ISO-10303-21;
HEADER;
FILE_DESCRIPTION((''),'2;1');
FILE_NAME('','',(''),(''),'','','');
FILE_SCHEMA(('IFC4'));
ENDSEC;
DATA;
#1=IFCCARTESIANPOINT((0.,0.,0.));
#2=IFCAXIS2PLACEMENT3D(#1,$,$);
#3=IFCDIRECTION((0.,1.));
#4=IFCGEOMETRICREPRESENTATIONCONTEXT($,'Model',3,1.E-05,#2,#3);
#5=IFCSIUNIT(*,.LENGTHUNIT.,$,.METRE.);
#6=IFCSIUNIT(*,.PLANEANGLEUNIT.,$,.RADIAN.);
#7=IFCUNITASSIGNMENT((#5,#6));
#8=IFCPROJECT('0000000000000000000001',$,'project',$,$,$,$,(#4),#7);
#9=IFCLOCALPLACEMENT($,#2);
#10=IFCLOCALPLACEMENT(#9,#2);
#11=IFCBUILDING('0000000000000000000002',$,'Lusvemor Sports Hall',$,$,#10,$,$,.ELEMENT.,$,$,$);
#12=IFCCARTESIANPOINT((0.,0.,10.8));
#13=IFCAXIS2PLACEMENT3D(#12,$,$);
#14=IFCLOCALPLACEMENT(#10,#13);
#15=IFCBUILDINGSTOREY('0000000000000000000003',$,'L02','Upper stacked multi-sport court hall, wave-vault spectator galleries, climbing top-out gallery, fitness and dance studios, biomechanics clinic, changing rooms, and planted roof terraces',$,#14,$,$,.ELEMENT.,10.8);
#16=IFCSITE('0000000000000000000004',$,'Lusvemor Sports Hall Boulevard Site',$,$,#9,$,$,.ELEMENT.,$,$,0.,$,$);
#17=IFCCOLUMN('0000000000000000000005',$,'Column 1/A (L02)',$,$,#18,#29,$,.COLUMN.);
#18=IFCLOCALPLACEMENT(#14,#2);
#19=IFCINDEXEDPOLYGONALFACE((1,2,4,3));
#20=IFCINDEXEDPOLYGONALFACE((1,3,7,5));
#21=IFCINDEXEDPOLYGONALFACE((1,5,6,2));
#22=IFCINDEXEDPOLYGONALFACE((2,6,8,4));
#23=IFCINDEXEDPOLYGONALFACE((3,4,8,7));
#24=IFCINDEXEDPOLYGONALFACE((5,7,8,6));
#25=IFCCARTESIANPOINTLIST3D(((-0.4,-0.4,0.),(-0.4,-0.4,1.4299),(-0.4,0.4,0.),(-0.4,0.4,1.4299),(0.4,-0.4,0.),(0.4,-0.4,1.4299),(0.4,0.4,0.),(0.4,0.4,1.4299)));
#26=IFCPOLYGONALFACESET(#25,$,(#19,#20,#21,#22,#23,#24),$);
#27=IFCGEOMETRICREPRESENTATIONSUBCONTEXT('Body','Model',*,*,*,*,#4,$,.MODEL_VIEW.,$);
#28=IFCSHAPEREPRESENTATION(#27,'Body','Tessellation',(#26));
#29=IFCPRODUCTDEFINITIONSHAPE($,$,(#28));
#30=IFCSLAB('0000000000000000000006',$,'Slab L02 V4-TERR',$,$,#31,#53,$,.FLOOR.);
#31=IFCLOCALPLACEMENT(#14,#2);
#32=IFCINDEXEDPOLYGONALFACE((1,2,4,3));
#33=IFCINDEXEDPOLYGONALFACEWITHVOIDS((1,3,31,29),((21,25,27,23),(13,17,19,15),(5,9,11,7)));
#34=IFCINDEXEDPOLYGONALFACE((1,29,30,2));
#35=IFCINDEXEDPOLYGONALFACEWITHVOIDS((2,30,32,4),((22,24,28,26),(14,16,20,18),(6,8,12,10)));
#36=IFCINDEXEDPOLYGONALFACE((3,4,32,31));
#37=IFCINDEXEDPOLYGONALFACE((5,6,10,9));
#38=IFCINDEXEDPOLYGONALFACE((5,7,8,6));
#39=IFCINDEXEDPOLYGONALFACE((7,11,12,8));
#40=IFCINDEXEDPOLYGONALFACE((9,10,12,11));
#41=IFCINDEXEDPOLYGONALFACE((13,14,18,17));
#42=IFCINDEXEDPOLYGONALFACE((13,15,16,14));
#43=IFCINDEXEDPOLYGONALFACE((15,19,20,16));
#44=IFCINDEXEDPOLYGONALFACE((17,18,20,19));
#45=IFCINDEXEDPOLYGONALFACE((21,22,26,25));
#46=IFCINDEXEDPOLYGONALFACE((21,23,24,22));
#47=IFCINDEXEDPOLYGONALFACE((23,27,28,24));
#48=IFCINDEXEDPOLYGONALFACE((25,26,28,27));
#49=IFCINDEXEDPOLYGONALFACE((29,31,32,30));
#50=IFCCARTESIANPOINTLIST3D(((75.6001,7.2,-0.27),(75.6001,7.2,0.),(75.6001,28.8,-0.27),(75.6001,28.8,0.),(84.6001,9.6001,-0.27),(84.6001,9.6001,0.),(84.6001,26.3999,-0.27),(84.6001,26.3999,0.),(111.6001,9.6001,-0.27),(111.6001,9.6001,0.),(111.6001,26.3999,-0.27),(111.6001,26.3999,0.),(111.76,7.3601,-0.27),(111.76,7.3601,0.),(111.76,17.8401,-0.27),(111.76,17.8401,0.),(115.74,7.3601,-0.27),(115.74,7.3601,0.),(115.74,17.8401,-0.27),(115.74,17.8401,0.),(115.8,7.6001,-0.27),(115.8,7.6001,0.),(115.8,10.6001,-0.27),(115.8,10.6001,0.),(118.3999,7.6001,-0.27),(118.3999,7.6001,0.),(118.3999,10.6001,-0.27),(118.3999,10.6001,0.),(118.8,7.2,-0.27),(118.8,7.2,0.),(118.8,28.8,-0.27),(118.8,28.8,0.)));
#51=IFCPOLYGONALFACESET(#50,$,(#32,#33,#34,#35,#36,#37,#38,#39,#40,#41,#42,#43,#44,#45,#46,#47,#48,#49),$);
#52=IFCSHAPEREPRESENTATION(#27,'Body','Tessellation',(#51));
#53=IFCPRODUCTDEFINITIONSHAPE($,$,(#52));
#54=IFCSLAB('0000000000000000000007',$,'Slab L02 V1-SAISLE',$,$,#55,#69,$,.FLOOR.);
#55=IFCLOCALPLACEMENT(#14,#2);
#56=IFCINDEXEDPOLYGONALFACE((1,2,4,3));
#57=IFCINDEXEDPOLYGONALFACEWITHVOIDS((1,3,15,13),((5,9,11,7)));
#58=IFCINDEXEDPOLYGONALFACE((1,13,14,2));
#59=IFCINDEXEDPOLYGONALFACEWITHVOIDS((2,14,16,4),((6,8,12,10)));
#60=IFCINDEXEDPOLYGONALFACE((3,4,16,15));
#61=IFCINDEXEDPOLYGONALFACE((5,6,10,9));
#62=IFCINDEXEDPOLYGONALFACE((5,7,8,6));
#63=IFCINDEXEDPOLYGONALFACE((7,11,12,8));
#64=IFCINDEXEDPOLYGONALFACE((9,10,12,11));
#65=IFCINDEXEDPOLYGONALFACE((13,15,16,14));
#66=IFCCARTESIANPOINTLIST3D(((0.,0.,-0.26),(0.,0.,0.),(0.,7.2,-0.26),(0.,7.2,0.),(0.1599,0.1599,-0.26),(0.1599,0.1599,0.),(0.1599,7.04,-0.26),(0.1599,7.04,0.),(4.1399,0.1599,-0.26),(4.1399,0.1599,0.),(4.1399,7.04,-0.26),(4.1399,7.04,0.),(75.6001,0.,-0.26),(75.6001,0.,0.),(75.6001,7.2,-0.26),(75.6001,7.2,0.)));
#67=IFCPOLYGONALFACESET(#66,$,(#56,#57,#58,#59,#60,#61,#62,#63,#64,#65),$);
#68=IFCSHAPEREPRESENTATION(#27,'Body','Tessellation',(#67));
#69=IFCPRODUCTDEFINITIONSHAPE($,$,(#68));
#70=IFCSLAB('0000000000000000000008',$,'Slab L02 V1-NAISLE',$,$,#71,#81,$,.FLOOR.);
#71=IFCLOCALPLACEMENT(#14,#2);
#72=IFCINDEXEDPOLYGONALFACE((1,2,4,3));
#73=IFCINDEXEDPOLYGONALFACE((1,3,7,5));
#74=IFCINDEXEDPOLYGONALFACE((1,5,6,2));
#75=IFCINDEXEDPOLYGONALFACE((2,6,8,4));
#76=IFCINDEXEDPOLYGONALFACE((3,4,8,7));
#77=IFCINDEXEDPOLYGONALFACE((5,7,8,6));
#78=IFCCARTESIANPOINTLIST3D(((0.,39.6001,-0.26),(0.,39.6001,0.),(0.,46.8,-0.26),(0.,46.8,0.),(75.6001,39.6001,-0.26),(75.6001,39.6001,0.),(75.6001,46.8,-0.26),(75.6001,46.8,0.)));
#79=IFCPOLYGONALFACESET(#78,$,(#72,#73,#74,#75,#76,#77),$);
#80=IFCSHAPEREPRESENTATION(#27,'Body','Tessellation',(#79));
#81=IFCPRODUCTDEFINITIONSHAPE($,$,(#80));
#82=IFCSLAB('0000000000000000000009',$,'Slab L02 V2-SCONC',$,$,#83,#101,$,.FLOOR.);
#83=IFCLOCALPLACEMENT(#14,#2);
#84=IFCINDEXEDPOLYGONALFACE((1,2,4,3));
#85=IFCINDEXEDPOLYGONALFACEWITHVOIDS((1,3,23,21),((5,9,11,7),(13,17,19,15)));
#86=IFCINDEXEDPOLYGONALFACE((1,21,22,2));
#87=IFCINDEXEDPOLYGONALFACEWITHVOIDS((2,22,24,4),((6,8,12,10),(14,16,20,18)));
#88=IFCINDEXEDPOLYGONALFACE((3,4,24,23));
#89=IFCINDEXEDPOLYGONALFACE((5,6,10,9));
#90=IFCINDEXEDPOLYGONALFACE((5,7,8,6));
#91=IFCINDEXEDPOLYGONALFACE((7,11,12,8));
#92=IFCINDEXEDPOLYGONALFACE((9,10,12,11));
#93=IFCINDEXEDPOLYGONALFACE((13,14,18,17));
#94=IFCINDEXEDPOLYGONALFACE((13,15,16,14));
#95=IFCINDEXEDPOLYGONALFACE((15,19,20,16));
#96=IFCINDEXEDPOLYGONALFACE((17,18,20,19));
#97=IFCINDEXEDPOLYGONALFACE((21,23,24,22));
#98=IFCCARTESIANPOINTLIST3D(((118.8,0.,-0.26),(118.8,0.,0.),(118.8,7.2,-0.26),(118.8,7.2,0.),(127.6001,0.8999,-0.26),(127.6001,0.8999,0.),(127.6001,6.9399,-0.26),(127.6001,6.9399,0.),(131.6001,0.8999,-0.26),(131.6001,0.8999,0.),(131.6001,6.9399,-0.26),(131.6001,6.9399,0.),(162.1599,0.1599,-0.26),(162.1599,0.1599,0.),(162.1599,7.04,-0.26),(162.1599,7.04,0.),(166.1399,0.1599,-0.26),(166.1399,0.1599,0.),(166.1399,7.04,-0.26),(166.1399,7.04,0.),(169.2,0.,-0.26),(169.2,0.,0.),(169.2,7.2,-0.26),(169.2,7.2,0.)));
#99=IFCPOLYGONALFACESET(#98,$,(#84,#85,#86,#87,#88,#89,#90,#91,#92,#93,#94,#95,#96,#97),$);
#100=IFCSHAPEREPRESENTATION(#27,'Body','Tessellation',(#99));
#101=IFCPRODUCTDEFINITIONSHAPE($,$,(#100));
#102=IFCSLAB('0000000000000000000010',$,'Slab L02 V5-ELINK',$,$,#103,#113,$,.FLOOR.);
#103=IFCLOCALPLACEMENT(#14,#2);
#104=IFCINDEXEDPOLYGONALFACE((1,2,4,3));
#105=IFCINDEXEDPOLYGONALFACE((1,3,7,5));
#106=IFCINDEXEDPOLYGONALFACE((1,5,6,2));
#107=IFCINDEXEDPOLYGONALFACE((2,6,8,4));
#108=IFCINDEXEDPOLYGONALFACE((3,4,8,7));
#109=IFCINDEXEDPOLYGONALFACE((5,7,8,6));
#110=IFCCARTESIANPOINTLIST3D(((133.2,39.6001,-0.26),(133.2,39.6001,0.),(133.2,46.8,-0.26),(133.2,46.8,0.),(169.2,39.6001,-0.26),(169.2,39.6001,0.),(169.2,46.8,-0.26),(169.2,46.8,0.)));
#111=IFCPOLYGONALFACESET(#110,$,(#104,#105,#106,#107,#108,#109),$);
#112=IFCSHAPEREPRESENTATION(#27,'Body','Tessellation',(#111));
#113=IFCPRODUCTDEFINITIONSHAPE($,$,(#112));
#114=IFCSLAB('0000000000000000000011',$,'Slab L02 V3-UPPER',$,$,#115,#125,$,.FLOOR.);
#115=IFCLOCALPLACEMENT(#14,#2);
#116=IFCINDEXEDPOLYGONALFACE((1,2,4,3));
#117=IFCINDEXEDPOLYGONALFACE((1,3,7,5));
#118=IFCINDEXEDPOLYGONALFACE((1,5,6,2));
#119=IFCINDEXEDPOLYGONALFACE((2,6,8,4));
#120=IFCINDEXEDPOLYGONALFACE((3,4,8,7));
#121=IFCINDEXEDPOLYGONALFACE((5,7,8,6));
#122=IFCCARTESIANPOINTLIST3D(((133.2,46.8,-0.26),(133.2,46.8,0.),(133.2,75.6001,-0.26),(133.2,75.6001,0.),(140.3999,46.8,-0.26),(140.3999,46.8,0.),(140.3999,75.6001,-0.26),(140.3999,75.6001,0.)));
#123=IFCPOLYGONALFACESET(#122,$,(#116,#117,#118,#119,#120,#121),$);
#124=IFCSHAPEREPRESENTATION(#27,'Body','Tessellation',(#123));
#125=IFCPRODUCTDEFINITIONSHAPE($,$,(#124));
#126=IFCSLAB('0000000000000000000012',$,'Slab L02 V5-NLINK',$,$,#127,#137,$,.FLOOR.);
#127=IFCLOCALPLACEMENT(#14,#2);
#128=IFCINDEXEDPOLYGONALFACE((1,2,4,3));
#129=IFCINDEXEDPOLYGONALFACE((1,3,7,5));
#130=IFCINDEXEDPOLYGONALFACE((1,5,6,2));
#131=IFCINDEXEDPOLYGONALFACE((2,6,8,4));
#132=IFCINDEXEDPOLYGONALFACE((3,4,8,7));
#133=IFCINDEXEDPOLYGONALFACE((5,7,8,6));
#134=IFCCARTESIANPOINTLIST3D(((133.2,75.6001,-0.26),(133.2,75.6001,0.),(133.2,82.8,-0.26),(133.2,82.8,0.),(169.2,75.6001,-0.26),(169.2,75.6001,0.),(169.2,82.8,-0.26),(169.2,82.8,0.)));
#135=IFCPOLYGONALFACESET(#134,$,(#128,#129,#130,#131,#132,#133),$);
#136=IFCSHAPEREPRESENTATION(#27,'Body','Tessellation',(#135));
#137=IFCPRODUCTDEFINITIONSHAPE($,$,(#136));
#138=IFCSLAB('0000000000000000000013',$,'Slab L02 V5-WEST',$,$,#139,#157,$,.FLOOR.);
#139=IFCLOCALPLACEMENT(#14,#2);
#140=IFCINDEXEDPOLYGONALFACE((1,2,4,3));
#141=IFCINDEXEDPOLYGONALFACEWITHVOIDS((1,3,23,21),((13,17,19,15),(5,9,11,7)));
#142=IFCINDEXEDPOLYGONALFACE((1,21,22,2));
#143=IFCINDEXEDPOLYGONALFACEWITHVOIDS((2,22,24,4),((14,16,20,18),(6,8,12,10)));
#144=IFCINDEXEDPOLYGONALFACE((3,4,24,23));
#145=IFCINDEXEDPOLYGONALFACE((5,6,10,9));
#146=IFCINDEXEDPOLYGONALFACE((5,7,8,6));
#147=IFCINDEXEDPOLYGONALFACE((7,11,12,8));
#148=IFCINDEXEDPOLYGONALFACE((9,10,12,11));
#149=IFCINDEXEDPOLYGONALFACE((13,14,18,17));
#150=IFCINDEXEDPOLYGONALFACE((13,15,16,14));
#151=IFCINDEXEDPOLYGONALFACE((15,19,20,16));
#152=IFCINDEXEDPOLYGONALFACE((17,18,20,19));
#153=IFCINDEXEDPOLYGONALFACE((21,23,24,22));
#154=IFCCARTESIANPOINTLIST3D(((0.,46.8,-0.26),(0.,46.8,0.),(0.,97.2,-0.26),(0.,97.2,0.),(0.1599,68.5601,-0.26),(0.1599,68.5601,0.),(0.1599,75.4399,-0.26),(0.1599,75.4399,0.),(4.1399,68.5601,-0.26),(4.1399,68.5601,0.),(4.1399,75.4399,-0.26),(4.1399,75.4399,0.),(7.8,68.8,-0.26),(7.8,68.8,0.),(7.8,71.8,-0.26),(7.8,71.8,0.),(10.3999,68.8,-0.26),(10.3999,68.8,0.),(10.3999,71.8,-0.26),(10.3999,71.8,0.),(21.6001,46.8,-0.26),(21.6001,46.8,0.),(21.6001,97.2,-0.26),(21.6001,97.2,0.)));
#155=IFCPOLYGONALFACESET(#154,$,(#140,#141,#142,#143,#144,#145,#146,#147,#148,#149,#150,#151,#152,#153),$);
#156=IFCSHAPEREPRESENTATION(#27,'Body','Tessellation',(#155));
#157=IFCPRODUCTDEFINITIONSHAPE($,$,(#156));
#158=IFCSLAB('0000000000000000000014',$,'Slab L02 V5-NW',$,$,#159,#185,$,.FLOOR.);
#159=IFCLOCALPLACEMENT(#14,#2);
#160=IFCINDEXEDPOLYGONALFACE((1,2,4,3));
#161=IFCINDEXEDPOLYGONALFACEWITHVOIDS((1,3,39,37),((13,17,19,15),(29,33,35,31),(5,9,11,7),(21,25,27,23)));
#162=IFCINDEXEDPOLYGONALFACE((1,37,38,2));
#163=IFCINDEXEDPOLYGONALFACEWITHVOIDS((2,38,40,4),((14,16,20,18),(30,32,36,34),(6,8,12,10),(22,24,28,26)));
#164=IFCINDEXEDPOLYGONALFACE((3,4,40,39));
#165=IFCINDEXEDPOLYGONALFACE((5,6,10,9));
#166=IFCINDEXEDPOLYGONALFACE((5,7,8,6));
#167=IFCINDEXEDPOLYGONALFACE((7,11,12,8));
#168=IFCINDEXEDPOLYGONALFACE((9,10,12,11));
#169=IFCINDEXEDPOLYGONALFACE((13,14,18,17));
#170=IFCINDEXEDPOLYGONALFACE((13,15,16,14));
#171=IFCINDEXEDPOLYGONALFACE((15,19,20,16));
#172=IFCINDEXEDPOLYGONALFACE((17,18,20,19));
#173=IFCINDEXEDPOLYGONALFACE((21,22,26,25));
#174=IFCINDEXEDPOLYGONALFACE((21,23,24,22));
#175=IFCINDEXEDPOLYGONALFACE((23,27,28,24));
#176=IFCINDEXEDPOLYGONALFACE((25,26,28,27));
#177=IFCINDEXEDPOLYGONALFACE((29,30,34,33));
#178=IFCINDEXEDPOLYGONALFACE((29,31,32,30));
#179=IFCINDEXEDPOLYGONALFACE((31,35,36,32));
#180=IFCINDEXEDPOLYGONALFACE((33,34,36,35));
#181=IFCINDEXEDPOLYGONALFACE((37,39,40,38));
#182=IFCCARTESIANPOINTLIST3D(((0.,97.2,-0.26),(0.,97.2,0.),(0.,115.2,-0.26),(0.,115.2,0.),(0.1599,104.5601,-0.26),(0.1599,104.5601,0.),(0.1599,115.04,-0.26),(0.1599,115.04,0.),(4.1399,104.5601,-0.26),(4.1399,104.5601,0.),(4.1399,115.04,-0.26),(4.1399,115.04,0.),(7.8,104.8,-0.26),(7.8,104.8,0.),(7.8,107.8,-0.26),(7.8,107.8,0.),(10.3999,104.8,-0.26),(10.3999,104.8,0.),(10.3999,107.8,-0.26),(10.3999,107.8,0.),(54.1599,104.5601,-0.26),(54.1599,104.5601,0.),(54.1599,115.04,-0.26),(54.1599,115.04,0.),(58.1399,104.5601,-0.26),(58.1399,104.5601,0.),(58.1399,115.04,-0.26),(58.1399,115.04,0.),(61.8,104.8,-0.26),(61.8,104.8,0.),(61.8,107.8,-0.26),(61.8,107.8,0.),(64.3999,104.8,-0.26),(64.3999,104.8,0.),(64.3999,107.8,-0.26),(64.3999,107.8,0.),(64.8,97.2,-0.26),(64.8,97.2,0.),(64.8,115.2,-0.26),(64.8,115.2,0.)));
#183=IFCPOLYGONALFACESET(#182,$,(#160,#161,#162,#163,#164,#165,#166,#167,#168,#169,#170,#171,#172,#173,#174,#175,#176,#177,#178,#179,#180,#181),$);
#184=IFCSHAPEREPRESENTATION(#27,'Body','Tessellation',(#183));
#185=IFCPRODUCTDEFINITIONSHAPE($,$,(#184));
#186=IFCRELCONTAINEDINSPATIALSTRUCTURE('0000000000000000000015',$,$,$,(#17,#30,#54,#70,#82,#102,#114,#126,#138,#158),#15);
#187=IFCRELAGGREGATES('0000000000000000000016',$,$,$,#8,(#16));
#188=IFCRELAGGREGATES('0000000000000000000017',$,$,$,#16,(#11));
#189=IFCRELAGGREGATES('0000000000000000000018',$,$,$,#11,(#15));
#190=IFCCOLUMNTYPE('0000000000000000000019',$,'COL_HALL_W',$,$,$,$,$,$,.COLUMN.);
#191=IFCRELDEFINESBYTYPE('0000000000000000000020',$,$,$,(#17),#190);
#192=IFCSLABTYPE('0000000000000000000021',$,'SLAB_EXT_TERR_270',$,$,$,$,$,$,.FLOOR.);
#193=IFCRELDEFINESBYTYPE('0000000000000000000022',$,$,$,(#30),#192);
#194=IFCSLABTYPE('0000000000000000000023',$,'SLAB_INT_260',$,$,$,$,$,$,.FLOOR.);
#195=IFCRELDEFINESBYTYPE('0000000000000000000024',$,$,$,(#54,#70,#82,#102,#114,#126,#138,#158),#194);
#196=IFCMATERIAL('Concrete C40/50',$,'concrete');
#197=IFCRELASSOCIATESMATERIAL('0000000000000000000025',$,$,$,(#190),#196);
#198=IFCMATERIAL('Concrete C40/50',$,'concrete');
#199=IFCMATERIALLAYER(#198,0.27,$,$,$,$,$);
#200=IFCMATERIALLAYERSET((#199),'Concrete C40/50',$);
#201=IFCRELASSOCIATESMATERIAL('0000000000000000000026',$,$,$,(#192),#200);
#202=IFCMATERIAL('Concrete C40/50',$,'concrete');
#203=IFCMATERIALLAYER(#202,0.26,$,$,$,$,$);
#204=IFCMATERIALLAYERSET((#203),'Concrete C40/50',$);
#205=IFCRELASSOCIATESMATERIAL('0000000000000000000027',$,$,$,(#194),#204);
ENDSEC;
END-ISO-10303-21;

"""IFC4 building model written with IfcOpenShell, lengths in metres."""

from ifc_helpers import new_model, si_unit, direction, frame, origin, origin_with_axes, origin_2d, place, context, subcontext, project, spatial, polyline, rectangle, outline, extrude, material, layer, layer_set, material_profile, profile_set, type_object, element, save


model = new_model("IFC4")

# Units and contexts
model_context = context("Model", 3, precision=1e-05, world=origin(), true_north=direction((0.0, 1.0)))
body_context = subcontext(model_context, "Body", "Model", "MODEL_VIEW")
ifc_project = project(units=[si_unit("LENGTHUNIT", "METRE"), si_unit("PLANEANGLEUNIT", "RADIAN")], contexts=[model_context])

# Site, building, storey
site_placement = place(None, origin())
site = spatial("IfcSite", under=ifc_project, at=site_placement, Name="Lusvemor Sports Hall Boulevard Site", CompositionType="ELEMENT", RefElevation=0.0)
building_placement = place(site_placement, origin())
building = spatial("IfcBuilding", under=site, at=building_placement, Name="Lusvemor Sports Hall", CompositionType="ELEMENT")
storey_placement = place(building_placement, frame((0.0, 0.0, 10.8)))
storey = spatial("IfcBuildingStorey", under=building, at=storey_placement, Name="L02", Description="Upper stacked multi-sport court hall, wave-vault spectator galleries, climbing top-out gallery, fitness and dance studios, biomechanics clinic, changing rooms, and planted roof terraces", CompositionType="ELEMENT", Elevation=10.8)

# Column
ifc_material_1 = material(Name="Concrete C40/50", Category="concrete")
ifc_material_profile = material_profile(ifc_material_1, rectangle(XDim=0.8, YDim=0.8, at=origin_2d()), Name="RC800x800")
ifc_profile_set = profile_set([ifc_material_profile], Name="Concrete C40/50")
column_type = type_object("IfcColumnType", Name="COL_HALL_W", PredefinedType="COLUMN", material=ifc_profile_set)
column_placement = place(storey_placement, origin_with_axes())
element("IfcColumn", 1, at=column_placement, inside=storey, type_object=column_type, Name="Column 1/A (L02)", PredefinedType="COLUMN", context=body_context, shape_type="SweptSolid", body=[
    extrude(rectangle(XDim=0.8, YDim=0.8, at=origin_2d()), origin(), (0.0, 0.0, 1.0), 1.4299),
])

# Slabs
ifc_material_2 = material(Name="Concrete C40/50", Category="concrete")
ifc_layer_1 = layer(ifc_material_2, 0.27)
ifc_layer_set_1 = layer_set([ifc_layer_1], Name="Concrete C40/50")
slab_type_1 = type_object("IfcSlabType", Name="SLAB_EXT_TERR_270", PredefinedType="FLOOR", material=ifc_layer_set_1)
slab_1_placement = place(storey_placement, frame((0.0, 0.0, -0.27)))
element("IfcSlab", 2, at=slab_1_placement, inside=storey, type_object=slab_type_1, Name="Slab L02 V4-TERR", PredefinedType="FLOOR", context=body_context, shape_type="SweptSolid", body=[
    extrude(outline(polyline([(75.6001, 7.2), (118.8, 7.2), (118.8, 28.8), (75.6001, 28.8), (75.6001, 7.2)]), holes=[polyline([(111.76, 7.3601), (115.74, 7.3601), (115.74, 17.8401), (111.76, 17.8401), (111.76, 7.3601)]), polyline([(115.8, 7.6001), (118.3999, 7.6001), (118.3999, 10.6001), (115.8, 10.6001), (115.8, 7.6001)]), polyline([(84.6001, 9.6001), (111.6001, 9.6001), (111.6001, 26.3999), (84.6001, 26.3999), (84.6001, 9.6001)])]), origin(), (0.0, 0.0, 1.0), 0.27),
])
ifc_material_3 = material(Name="Concrete C40/50", Category="concrete")
ifc_layer_2 = layer(ifc_material_3, 0.26)
ifc_layer_set_2 = layer_set([ifc_layer_2], Name="Concrete C40/50")
slab_type_2 = type_object("IfcSlabType", Name="SLAB_INT_260", PredefinedType="FLOOR", material=ifc_layer_set_2)
slab_2_placement = place(storey_placement, frame((0.0, 0.0, -0.26)))
element("IfcSlab", 3, at=slab_2_placement, inside=storey, type_object=slab_type_2, Name="Slab L02 V1-SAISLE", PredefinedType="FLOOR", context=body_context, shape_type="SweptSolid", body=[
    extrude(outline(polyline([(0.0, 0.0), (75.6001, 0.0), (75.6001, 7.2), (0.0, 7.2), (0.0, 0.0)]), holes=[polyline([(0.1599, 0.1599), (4.1399, 0.1599), (4.1399, 7.04), (0.1599, 7.04), (0.1599, 0.1599)])]), origin(), (0.0, 0.0, 1.0), 0.26),
])
slab_3_placement = place(storey_placement, frame((0.0, 0.0, -0.26)))
element("IfcSlab", 4, at=slab_3_placement, inside=storey, type_object=slab_type_2, Name="Slab L02 V1-NAISLE", PredefinedType="FLOOR", context=body_context, shape_type="SweptSolid", body=[
    extrude(outline(polyline([(0.0, 39.6001), (75.6001, 39.6001), (75.6001, 46.8), (0.0, 46.8), (0.0, 39.6001)])), origin(), (0.0, 0.0, 1.0), 0.26),
])
slab_4_placement = place(storey_placement, frame((0.0, 0.0, -0.26)))
element("IfcSlab", 5, at=slab_4_placement, inside=storey, type_object=slab_type_2, Name="Slab L02 V2-SCONC", PredefinedType="FLOOR", context=body_context, shape_type="SweptSolid", body=[
    extrude(outline(polyline([(118.8, 0.0), (169.2, 0.0), (169.2, 7.2), (118.8, 7.2), (118.8, 0.0)]), holes=[polyline([(162.1599, 0.1599), (166.1399, 0.1599), (166.1399, 7.04), (162.1599, 7.04), (162.1599, 0.1599)]), polyline([(127.6001, 0.8999), (131.6001, 0.8999), (131.6001, 6.9399), (127.6001, 6.9399), (127.6001, 0.8999)])]), origin(), (0.0, 0.0, 1.0), 0.26),
])
slab_5_placement = place(storey_placement, frame((0.0, 0.0, -0.26)))
element("IfcSlab", 6, at=slab_5_placement, inside=storey, type_object=slab_type_2, Name="Slab L02 V5-ELINK", PredefinedType="FLOOR", context=body_context, shape_type="SweptSolid", body=[
    extrude(outline(polyline([(133.2, 39.6001), (169.2, 39.6001), (169.2, 46.8), (133.2, 46.8), (133.2, 39.6001)])), origin(), (0.0, 0.0, 1.0), 0.26),
])
slab_6_placement = place(storey_placement, frame((0.0, 0.0, -0.26)))
element("IfcSlab", 7, at=slab_6_placement, inside=storey, type_object=slab_type_2, Name="Slab L02 V3-UPPER", PredefinedType="FLOOR", context=body_context, shape_type="SweptSolid", body=[
    extrude(outline(polyline([(133.2, 46.8), (140.3999, 46.8), (140.3999, 75.6001), (133.2, 75.6001), (133.2, 46.8)])), origin(), (0.0, 0.0, 1.0), 0.26),
])
slab_7_placement = place(storey_placement, frame((0.0, 0.0, -0.26)))
element("IfcSlab", 8, at=slab_7_placement, inside=storey, type_object=slab_type_2, Name="Slab L02 V5-NLINK", PredefinedType="FLOOR", context=body_context, shape_type="SweptSolid", body=[
    extrude(outline(polyline([(133.2, 75.6001), (169.2, 75.6001), (169.2, 82.8), (133.2, 82.8), (133.2, 75.6001)])), origin(), (0.0, 0.0, 1.0), 0.26),
])
slab_8_placement = place(storey_placement, frame((0.0, 0.0, -0.26)))
element("IfcSlab", 9, at=slab_8_placement, inside=storey, type_object=slab_type_2, Name="Slab L02 V5-WEST", PredefinedType="FLOOR", context=body_context, shape_type="SweptSolid", body=[
    extrude(outline(polyline([(0.0, 46.8), (21.6001, 46.8), (21.6001, 97.2), (0.0, 97.2), (0.0, 46.8)]), holes=[polyline([(0.1599, 68.5601), (4.1399, 68.5601), (4.1399, 75.4399), (0.1599, 75.4399), (0.1599, 68.5601)]), polyline([(7.8, 68.8), (10.3999, 68.8), (10.3999, 71.8), (7.8, 71.8), (7.8, 68.8)])]), origin(), (0.0, 0.0, 1.0), 0.26),
])
slab_9_placement = place(storey_placement, frame((0.0, 0.0, -0.26)))
element("IfcSlab", 10, at=slab_9_placement, inside=storey, type_object=slab_type_2, Name="Slab L02 V5-NW", PredefinedType="FLOOR", context=body_context, shape_type="SweptSolid", body=[
    extrude(outline(polyline([(0.0, 97.2), (64.8, 97.2), (64.8, 115.2), (0.0, 115.2), (0.0, 97.2)]), holes=[polyline([(0.1599, 104.5601), (4.1399, 104.5601), (4.1399, 115.04), (0.1599, 115.04), (0.1599, 104.5601)]), polyline([(7.8, 104.8), (10.3999, 104.8), (10.3999, 107.8), (7.8, 107.8), (7.8, 104.8)]), polyline([(54.1599, 104.5601), (58.1399, 104.5601), (58.1399, 115.04), (54.1599, 115.04), (54.1599, 104.5601)]), polyline([(61.8, 104.8), (64.3999, 104.8), (64.3999, 107.8), (61.8, 107.8), (61.8, 104.8)])]), origin(), (0.0, 0.0, 1.0), 0.26),
])

save(model, "model.ifc")
